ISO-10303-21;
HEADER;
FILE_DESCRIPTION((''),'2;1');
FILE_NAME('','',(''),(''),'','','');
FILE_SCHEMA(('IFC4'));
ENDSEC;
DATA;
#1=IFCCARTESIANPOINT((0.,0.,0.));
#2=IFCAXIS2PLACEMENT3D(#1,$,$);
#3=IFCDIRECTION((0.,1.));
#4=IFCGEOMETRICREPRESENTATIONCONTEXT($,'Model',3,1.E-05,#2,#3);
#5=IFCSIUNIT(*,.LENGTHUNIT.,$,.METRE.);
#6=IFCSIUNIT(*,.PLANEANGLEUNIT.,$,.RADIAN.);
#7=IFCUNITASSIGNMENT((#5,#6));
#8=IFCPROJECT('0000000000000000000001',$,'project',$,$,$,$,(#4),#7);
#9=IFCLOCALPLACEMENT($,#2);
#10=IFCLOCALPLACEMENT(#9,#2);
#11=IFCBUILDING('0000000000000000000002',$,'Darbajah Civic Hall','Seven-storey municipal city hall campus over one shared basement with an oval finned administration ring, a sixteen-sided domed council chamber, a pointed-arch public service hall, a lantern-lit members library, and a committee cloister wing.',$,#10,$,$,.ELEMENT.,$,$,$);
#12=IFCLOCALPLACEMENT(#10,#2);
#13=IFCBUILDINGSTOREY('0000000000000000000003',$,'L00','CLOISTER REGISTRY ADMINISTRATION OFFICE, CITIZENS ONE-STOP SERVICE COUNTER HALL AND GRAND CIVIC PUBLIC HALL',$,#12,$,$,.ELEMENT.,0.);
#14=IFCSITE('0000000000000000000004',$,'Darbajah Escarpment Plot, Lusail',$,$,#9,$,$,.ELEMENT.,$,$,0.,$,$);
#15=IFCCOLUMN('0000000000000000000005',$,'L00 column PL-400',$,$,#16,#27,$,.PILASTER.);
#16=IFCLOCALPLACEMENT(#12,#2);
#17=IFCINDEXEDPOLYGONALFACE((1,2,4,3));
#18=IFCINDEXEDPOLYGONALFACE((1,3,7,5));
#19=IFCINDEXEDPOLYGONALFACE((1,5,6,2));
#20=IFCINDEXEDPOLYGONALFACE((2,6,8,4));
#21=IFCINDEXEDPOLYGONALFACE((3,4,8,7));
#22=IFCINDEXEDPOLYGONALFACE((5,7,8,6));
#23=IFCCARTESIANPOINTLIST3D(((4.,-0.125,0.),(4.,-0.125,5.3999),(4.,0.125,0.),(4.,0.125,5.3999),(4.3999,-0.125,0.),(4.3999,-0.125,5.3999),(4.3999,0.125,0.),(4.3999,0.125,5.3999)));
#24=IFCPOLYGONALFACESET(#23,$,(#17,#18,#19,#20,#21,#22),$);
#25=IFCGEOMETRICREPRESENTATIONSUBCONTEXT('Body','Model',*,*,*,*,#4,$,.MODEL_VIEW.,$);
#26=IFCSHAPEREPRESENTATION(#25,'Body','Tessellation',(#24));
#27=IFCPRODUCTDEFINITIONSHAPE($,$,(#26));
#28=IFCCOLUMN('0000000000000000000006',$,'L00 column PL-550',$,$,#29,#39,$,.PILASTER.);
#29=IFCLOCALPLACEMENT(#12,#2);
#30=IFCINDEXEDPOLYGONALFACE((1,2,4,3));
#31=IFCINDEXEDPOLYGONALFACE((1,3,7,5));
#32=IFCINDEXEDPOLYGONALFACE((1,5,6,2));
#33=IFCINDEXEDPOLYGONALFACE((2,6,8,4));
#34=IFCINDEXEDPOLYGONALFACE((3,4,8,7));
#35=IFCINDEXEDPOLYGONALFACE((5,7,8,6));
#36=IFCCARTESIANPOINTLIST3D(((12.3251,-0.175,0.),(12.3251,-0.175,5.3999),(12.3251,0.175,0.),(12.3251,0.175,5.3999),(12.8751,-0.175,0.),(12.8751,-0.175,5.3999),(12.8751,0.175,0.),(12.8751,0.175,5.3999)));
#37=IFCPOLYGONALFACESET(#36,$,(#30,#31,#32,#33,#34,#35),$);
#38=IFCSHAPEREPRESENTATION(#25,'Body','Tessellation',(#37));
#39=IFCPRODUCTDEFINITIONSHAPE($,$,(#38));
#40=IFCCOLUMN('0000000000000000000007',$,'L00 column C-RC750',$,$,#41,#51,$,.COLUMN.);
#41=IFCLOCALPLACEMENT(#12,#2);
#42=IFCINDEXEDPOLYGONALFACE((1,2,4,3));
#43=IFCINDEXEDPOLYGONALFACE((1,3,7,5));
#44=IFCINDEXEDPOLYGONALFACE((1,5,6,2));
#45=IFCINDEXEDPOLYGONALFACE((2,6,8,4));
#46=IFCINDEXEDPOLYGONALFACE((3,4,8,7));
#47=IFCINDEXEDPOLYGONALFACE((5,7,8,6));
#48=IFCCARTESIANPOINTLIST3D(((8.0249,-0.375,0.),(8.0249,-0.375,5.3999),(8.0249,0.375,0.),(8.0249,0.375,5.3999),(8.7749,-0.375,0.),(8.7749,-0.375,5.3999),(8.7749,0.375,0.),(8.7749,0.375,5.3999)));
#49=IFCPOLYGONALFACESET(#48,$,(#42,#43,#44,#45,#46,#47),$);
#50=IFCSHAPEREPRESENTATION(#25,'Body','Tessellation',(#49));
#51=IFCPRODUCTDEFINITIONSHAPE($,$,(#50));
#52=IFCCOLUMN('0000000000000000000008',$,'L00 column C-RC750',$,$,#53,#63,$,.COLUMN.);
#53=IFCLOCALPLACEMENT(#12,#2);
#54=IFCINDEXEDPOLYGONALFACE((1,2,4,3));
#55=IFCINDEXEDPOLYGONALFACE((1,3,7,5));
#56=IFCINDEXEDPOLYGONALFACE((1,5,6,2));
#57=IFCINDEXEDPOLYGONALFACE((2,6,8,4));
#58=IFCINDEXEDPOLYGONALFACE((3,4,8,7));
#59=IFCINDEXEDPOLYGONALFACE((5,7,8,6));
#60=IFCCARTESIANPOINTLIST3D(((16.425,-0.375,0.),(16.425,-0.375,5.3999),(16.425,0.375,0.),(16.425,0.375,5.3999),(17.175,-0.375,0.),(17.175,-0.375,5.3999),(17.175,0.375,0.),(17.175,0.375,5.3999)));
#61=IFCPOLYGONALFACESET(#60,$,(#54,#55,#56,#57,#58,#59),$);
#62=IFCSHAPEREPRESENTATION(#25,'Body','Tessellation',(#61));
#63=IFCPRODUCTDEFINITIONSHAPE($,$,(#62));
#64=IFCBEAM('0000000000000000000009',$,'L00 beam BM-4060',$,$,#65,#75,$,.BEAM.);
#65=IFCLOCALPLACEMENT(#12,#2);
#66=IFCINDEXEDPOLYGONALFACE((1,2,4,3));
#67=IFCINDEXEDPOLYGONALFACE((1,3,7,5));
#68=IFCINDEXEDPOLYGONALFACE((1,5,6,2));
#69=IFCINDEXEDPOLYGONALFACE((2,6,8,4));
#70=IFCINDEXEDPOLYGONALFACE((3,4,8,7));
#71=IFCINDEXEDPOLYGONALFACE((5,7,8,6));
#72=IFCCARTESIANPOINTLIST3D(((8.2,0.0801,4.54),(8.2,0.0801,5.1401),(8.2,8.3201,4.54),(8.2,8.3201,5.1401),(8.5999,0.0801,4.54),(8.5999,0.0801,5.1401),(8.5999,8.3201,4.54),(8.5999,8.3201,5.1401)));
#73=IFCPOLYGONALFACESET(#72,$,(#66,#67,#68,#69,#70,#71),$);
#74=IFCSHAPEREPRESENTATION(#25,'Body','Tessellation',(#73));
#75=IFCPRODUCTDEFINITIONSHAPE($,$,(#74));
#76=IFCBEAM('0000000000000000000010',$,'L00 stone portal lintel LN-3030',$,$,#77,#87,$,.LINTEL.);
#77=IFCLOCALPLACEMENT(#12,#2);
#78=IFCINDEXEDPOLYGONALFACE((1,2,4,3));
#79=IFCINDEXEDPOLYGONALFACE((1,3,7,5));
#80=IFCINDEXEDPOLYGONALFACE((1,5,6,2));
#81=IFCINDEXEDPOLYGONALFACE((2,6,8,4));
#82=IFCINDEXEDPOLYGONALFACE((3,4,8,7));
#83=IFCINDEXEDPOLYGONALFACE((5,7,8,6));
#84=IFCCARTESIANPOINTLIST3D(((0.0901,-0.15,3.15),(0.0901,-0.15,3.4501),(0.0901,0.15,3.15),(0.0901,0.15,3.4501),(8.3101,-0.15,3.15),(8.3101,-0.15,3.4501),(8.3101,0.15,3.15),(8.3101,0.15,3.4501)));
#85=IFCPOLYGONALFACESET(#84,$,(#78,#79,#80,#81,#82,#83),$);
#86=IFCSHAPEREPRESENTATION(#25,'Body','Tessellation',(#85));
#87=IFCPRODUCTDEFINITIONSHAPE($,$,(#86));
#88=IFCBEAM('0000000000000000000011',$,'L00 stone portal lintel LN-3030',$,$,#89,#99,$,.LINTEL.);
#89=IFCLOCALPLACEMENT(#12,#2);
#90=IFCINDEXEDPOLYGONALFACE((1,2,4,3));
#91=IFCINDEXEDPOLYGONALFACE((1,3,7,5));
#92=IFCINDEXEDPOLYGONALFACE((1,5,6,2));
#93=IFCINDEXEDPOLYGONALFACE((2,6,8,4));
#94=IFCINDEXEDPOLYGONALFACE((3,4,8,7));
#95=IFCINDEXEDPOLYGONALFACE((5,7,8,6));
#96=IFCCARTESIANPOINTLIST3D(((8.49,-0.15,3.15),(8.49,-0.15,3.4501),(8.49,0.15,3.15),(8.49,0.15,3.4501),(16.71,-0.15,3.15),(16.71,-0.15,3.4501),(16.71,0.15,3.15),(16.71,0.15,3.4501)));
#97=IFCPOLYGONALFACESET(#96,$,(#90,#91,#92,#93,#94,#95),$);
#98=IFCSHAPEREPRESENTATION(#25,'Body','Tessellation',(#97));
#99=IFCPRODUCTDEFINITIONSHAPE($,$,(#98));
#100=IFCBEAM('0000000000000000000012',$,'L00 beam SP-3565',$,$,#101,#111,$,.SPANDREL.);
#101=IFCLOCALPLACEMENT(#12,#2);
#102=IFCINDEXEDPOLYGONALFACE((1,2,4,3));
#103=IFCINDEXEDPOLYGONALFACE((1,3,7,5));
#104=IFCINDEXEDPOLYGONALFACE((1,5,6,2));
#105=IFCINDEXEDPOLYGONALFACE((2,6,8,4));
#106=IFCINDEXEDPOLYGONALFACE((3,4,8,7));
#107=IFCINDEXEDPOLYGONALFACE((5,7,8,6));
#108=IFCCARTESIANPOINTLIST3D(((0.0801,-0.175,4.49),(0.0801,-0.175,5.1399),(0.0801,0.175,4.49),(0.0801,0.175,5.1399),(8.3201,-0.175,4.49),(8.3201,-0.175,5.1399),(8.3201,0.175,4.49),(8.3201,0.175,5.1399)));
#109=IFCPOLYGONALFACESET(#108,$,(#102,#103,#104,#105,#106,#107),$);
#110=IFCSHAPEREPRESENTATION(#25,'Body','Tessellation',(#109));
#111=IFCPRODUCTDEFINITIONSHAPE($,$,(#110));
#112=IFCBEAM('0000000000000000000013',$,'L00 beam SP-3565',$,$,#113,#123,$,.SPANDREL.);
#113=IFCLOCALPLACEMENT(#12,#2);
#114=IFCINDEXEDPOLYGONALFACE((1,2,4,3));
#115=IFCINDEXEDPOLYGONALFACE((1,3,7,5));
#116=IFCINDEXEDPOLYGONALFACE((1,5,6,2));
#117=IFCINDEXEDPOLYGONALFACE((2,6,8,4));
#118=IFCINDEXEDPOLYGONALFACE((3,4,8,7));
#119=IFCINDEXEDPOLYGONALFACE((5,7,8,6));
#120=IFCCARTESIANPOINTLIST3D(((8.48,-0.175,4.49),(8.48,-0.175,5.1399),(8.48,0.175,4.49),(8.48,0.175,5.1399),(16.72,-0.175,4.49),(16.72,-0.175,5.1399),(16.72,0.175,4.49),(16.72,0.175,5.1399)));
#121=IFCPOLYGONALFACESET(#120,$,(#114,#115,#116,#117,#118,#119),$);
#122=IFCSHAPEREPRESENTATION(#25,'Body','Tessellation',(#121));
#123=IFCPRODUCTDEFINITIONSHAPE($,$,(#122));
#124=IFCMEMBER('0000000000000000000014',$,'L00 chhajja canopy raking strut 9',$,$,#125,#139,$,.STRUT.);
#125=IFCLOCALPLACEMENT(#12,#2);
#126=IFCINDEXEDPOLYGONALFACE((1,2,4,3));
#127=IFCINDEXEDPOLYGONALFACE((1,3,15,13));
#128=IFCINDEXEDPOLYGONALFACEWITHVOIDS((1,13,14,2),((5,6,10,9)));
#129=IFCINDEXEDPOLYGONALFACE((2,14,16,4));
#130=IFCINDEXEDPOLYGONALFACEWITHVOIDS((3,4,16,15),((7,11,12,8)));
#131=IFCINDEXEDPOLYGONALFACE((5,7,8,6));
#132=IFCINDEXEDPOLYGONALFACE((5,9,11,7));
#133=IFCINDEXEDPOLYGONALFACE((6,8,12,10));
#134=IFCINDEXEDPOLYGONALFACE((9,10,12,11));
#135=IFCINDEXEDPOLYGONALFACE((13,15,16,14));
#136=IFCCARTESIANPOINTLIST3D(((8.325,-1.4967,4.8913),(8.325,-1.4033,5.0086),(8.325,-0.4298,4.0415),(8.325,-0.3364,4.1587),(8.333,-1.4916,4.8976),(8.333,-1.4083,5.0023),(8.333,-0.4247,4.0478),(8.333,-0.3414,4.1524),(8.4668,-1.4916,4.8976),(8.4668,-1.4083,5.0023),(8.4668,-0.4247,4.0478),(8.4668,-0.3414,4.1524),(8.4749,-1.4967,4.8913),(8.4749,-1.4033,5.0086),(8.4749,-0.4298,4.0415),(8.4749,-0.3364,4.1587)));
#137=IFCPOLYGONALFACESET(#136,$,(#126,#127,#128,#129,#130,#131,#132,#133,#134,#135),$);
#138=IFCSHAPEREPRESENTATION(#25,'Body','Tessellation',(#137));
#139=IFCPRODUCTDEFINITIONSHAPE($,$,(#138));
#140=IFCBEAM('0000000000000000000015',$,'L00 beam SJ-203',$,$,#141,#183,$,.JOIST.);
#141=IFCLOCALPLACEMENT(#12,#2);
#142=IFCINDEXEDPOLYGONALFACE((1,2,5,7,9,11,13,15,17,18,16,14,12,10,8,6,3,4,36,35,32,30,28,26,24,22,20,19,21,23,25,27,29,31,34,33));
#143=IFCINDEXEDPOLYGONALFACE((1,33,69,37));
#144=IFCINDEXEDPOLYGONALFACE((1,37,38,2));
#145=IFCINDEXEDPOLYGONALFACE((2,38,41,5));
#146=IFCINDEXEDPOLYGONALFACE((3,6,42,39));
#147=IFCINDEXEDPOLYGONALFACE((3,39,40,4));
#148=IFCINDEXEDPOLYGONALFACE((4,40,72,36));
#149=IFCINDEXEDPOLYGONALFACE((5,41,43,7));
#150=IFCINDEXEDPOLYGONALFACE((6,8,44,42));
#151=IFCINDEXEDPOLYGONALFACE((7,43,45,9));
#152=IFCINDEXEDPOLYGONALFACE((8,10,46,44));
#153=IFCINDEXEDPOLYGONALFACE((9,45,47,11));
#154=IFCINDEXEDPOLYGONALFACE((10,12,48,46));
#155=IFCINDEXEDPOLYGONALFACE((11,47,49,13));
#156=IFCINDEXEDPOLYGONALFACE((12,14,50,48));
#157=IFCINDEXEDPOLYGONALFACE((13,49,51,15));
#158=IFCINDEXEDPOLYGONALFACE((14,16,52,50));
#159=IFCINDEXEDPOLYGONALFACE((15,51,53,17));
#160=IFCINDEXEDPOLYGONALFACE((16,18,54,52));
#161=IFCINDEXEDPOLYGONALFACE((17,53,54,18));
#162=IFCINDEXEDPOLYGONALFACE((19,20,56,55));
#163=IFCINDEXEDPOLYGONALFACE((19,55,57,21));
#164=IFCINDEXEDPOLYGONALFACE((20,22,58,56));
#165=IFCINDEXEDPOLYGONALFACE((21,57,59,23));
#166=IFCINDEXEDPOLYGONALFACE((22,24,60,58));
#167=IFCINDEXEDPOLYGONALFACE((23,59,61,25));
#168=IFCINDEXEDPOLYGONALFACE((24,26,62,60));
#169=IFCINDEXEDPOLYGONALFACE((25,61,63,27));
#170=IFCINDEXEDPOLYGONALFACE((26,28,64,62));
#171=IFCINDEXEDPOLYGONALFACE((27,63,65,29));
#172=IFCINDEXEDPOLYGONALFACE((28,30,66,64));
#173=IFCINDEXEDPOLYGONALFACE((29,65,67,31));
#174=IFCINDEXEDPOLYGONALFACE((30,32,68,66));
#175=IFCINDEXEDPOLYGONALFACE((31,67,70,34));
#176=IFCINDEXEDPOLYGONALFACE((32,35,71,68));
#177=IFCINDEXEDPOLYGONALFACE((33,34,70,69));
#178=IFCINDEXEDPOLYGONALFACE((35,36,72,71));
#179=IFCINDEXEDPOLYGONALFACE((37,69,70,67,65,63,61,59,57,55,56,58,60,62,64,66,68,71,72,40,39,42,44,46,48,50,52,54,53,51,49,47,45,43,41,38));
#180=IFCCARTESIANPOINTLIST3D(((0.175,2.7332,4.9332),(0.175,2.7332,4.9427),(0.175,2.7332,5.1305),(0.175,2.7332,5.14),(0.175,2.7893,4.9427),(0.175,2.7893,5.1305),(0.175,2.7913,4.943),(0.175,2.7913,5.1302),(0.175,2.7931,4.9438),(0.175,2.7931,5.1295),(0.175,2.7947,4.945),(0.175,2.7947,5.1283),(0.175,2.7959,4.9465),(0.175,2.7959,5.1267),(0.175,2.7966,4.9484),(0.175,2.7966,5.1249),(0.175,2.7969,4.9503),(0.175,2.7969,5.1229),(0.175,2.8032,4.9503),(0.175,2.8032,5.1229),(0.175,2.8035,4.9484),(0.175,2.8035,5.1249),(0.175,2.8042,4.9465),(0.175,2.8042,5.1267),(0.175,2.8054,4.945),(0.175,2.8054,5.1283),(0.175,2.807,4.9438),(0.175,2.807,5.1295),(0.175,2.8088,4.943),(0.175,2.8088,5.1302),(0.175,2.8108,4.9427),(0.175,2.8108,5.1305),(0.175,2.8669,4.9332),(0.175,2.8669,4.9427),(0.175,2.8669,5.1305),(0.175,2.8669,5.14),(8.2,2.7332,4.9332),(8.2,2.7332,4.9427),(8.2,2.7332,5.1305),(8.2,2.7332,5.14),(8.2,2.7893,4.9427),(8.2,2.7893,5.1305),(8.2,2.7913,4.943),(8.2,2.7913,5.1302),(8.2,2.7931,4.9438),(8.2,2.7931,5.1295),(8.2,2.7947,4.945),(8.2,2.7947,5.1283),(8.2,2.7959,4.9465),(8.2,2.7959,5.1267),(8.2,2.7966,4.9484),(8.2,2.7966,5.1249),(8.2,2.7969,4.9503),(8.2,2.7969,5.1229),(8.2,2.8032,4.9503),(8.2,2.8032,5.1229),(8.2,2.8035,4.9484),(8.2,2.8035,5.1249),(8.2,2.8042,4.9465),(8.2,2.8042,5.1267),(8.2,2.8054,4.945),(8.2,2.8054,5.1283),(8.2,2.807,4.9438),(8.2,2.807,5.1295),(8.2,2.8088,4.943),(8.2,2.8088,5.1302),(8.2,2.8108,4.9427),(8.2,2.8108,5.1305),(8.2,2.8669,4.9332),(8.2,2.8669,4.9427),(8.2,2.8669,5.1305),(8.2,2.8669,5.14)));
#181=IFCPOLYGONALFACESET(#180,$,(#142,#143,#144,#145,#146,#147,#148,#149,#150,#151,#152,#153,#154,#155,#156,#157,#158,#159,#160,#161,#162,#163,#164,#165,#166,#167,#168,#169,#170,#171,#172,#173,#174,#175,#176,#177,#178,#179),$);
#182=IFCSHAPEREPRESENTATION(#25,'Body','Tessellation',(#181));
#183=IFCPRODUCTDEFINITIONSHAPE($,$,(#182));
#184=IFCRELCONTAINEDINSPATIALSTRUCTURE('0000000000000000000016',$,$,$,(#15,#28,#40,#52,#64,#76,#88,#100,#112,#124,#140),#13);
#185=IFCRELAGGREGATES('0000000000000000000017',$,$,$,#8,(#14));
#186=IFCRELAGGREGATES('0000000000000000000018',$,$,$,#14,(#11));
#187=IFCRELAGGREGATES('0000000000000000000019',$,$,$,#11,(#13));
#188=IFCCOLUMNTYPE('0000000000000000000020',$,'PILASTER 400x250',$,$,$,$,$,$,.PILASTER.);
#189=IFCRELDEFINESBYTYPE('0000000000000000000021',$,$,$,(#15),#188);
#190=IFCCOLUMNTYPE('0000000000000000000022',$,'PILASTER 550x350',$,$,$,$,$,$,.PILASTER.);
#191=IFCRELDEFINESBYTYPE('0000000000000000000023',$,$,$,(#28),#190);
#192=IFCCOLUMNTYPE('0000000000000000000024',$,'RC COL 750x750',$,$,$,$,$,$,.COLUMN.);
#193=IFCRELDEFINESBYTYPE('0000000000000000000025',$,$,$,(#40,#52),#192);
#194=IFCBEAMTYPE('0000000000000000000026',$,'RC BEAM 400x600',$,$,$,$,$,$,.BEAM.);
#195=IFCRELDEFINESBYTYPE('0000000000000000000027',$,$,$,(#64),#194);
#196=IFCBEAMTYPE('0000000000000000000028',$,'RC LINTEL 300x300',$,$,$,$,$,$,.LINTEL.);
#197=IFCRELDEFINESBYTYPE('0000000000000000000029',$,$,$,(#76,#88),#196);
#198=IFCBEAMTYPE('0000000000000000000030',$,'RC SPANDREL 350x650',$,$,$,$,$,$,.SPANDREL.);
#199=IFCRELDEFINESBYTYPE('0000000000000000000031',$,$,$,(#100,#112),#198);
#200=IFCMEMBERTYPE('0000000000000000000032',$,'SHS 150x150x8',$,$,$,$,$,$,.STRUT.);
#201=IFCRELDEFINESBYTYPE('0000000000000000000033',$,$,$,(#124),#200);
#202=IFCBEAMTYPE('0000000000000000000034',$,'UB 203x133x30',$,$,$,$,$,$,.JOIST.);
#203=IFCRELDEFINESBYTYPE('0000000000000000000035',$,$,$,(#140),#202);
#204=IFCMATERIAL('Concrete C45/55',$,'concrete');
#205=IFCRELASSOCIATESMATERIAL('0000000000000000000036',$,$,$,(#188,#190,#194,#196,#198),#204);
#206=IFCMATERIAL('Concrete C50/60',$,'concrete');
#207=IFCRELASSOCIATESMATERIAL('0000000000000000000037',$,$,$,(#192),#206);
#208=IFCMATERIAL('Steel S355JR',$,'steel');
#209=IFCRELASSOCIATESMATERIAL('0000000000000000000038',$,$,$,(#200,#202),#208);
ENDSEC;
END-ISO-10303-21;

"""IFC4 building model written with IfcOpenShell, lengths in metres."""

from ifc_helpers import new_model, si_unit, direction, frame, origin, origin_2d, place, context, subcontext, project, spatial, rectangle, hollow_rectangle, i_section, extrude, material, material_profile, profile_set, type_object, element, save


model = new_model("IFC4")

# Units and contexts
model_context = context("Model", 3, precision=1e-05, world=origin(), true_north=direction((0.0, 1.0)))
body_context = subcontext(model_context, "Body", "Model", "MODEL_VIEW")
ifc_project = project(units=[si_unit("LENGTHUNIT", "METRE"), si_unit("PLANEANGLEUNIT", "RADIAN")], contexts=[model_context])

# Site, building, storey
site_placement = place(None, origin())
site = spatial("IfcSite", under=ifc_project, at=site_placement, Name="Darbajah Escarpment Plot, Lusail", CompositionType="ELEMENT", RefElevation=0.0)
building_placement = place(site_placement, origin())
building = spatial("IfcBuilding", under=site, at=building_placement, Name="Darbajah Civic Hall", Description="Seven-storey municipal city hall campus over one shared basement with an oval finned administration ring, a sixteen-sided domed council chamber, a pointed-arch public service hall, a lantern-lit members library, and a committee cloister wing.", CompositionType="ELEMENT")
storey_placement = place(building_placement, origin())
storey = spatial("IfcBuildingStorey", under=building, at=storey_placement, Name="L00", Description="CLOISTER REGISTRY ADMINISTRATION OFFICE, CITIZENS ONE-STOP SERVICE COUNTER HALL AND GRAND CIVIC PUBLIC HALL", CompositionType="ELEMENT", Elevation=0.0)

# Columns
ifc_material_1 = material(Name="Concrete C45/55", Category="concrete")
ifc_material_profile_1 = material_profile(ifc_material_1, rectangle(XDim=0.3999, YDim=0.25, at=origin_2d()), Name="PILASTER 400x250")
ifc_profile_set_1 = profile_set([ifc_material_profile_1], Name="Concrete C45/55")
column_type_1 = type_object("IfcColumnType", Name="PILASTER 400x250", PredefinedType="PILASTER", material=ifc_profile_set_1)
column_1_placement = place(storey_placement, frame((4.2, 0.0, 0.0), z_axis=(0.0, 0.0, 1.0), x_axis=(1.0, 0.0, 0.0)))
element("IfcColumn", 1, at=column_1_placement, inside=storey, type_object=column_type_1, Name="L00 column PL-400", PredefinedType="PILASTER", context=body_context, shape_type="SweptSolid", body=[
    extrude(rectangle(XDim=0.3999, YDim=0.25, at=origin_2d()), origin(), (0.0, 0.0, 1.0), 5.3999),
])
ifc_material_profile_2 = material_profile(ifc_material_1, rectangle(XDim=0.55, YDim=0.3501, at=origin_2d()), Name="PILASTER 550x350")
ifc_profile_set_2 = profile_set([ifc_material_profile_2], Name="Concrete C45/55")
column_type_2 = type_object("IfcColumnType", Name="PILASTER 550x350", PredefinedType="PILASTER", material=ifc_profile_set_2)
column_2_placement = place(storey_placement, frame((12.6001, 0.0, 0.0), z_axis=(0.0, 0.0, 1.0), x_axis=(1.0, 0.0, 0.0)))
element("IfcColumn", 2, at=column_2_placement, inside=storey, type_object=column_type_2, Name="L00 column PL-550", PredefinedType="PILASTER", context=body_context, shape_type="SweptSolid", body=[
    extrude(rectangle(XDim=0.55, YDim=0.3501, at=origin_2d()), origin(), (0.0, 0.0, 1.0), 5.3999),
])
ifc_material_2 = material(Name="Concrete C50/60", Category="concrete")
ifc_material_profile_3 = material_profile(ifc_material_2, rectangle(XDim=0.75, YDim=0.75, at=origin_2d()), Name="RC COL 750x750")
ifc_profile_set_3 = profile_set([ifc_material_profile_3], Name="Concrete C50/60")
column_type_3 = type_object("IfcColumnType", Name="RC COL 750x750", PredefinedType="COLUMN", material=ifc_profile_set_3)
for number, where, z_axis, x_axis, name in (
    (3, (8.3999, 0.0, 0.0), (0.0, 0.0, 1.0), (1.0, 0.0, 0.0), "L00 column C-RC750"),
    (4, (16.8, 0.0, 0.0), (0.0, 0.0, 1.0), (1.0, 0.0, 0.0), "L00 column C-RC750"),
):
    element("IfcColumn", number, at=place(storey_placement, frame(where, z_axis=z_axis, x_axis=x_axis)), inside=storey, type_object=column_type_3, Name=name, PredefinedType="COLUMN", context=body_context, shape_type="SweptSolid", body=[
        extrude(rectangle(XDim=0.75, YDim=0.75, at=origin_2d()), origin(), (0.0, 0.0, 1.0), 5.3999),
    ])

# Beams
ifc_material_profile_4 = material_profile(ifc_material_1, rectangle(XDim=0.3999, YDim=0.6001, at=origin_2d()), Name="RC BEAM 400x600")
ifc_profile_set_4 = profile_set([ifc_material_profile_4], Name="Concrete C45/55")
beam_type_1 = type_object("IfcBeamType", Name="RC BEAM 400x600", PredefinedType="BEAM", material=ifc_profile_set_4)
beam_placement = place(storey_placement, frame((8.3999, 0.0801, 4.8401), z_axis=(0.0, 1.0, 0.0), x_axis=(-1.0, 0.0, 0.0)))
element("IfcBeam", 5, at=beam_placement, inside=storey, type_object=beam_type_1, Name="L00 beam BM-4060", PredefinedType="BEAM", context=body_context, shape_type="SweptSolid", body=[
    extrude(rectangle(XDim=0.3999, YDim=0.6001, at=origin_2d()), origin(), (0.0, 0.0, 1.0), 8.24),
])
ifc_material_profile_5 = material_profile(ifc_material_1, rectangle(XDim=0.3, YDim=0.3, at=origin_2d()), Name="RC LINTEL 300x300")
ifc_profile_set_5 = profile_set([ifc_material_profile_5], Name="Concrete C45/55")
beam_type_2 = type_object("IfcBeamType", Name="RC LINTEL 300x300", PredefinedType="LINTEL", material=ifc_profile_set_5)
for number, where, z_axis, x_axis, name in (
    (6, (0.0901, 0.0, 3.3), (1.0, 0.0, 0.0), (0.0, 1.0, 0.0), "L00 stone portal lintel LN-3030"),
    (7, (8.49, 0.0, 3.3), (1.0, 0.0, 0.0), (0.0, 1.0, 0.0), "L00 stone portal lintel LN-3030"),
):
    element("IfcBeam", number, at=place(storey_placement, frame(where, z_axis=z_axis, x_axis=x_axis)), inside=storey, type_object=beam_type_2, Name=name, PredefinedType="LINTEL", context=body_context, shape_type="SweptSolid", body=[
        extrude(rectangle(XDim=0.3, YDim=0.3, at=origin_2d()), origin(), (0.0, 0.0, 1.0), 8.22),
    ])
ifc_material_profile_6 = material_profile(ifc_material_1, rectangle(XDim=0.3501, YDim=0.6499, at=origin_2d()), Name="RC SPANDREL 350x650")
ifc_profile_set_6 = profile_set([ifc_material_profile_6], Name="Concrete C45/55")
beam_type_3 = type_object("IfcBeamType", Name="RC SPANDREL 350x650", PredefinedType="SPANDREL", material=ifc_profile_set_6)
for number, where, z_axis, x_axis, name in (
    (8, (0.0801, 0.0, 4.8149), (1.0, 0.0, 0.0), (0.0, 1.0, 0.0), "L00 beam SP-3565"),
    (9, (8.48, 0.0, 4.8149), (1.0, 0.0, 0.0), (0.0, 1.0, 0.0), "L00 beam SP-3565"),
):
    element("IfcBeam", number, at=place(storey_placement, frame(where, z_axis=z_axis, x_axis=x_axis)), inside=storey, type_object=beam_type_3, Name=name, PredefinedType="SPANDREL", context=body_context, shape_type="SweptSolid", body=[
        extrude(rectangle(XDim=0.3501, YDim=0.6499, at=origin_2d()), origin(), (0.0, 0.0, 1.0), 8.24),
    ])

# Member
ifc_material_3 = material(Name="Steel S355JR", Category="steel")
ifc_material_profile_7 = material_profile(ifc_material_3, hollow_rectangle(XDim=0.1499, YDim=0.1499, WallThickness=0.0081, at=origin_2d()), Name="SHS 150x150x8")
ifc_profile_set_7 = profile_set([ifc_material_profile_7], Name="Steel S355JR")
member_type = type_object("IfcMemberType", Name="SHS 150x150x8", PredefinedType="STRUT", material=ifc_profile_set_7)
member_placement = place(storey_placement, frame((8.3999, -0.3831, 4.1001), z_axis=(0.0, -0.782177, 0.623057), x_axis=(1.0, 0.0, 0.0)))
element("IfcMember", 10, at=member_placement, inside=storey, type_object=member_type, Name="L00 chhajja canopy raking strut 9", PredefinedType="STRUT", context=body_context, shape_type="SweptSolid", body=[
    extrude(hollow_rectangle(XDim=0.1499, YDim=0.1499, WallThickness=0.0081, at=origin_2d()), origin(), (0.0, 0.0, 1.0), 1.364),
])

# Beam
ifc_material_profile_8 = material_profile(ifc_material_3, i_section(OverallWidth=0.1338, OverallDepth=0.2068, WebThickness=0.0063, FlangeThickness=0.0095, FilletRadius=0.0076, at=origin_2d()), Name="UB 203x133x30")
ifc_profile_set_8 = profile_set([ifc_material_profile_8], Name="Steel S355JR")
beam_type_4 = type_object("IfcBeamType", Name="UB 203x133x30", PredefinedType="JOIST", material=ifc_profile_set_8)
for number, where, z_axis, x_axis, name in (
    (11, (0.175, 2.8, 5.0366), (1.0, 0.0, 0.0), (0.0, 1.0, 0.0), "L00 beam SJ-203"),
):
    element("IfcBeam", number, at=place(storey_placement, frame(where, z_axis=z_axis, x_axis=x_axis)), inside=storey, type_object=beam_type_4, Name=name, PredefinedType="JOIST", context=body_context, shape_type="SweptSolid", body=[
        extrude(i_section(OverallWidth=0.1338, OverallDepth=0.2068, WebThickness=0.0063, FlangeThickness=0.0095, FilletRadius=0.0076, at=origin_2d()), origin(), (0.0, 0.0, 1.0), 8.0249),
    ])

save(model, "model.ifc")
